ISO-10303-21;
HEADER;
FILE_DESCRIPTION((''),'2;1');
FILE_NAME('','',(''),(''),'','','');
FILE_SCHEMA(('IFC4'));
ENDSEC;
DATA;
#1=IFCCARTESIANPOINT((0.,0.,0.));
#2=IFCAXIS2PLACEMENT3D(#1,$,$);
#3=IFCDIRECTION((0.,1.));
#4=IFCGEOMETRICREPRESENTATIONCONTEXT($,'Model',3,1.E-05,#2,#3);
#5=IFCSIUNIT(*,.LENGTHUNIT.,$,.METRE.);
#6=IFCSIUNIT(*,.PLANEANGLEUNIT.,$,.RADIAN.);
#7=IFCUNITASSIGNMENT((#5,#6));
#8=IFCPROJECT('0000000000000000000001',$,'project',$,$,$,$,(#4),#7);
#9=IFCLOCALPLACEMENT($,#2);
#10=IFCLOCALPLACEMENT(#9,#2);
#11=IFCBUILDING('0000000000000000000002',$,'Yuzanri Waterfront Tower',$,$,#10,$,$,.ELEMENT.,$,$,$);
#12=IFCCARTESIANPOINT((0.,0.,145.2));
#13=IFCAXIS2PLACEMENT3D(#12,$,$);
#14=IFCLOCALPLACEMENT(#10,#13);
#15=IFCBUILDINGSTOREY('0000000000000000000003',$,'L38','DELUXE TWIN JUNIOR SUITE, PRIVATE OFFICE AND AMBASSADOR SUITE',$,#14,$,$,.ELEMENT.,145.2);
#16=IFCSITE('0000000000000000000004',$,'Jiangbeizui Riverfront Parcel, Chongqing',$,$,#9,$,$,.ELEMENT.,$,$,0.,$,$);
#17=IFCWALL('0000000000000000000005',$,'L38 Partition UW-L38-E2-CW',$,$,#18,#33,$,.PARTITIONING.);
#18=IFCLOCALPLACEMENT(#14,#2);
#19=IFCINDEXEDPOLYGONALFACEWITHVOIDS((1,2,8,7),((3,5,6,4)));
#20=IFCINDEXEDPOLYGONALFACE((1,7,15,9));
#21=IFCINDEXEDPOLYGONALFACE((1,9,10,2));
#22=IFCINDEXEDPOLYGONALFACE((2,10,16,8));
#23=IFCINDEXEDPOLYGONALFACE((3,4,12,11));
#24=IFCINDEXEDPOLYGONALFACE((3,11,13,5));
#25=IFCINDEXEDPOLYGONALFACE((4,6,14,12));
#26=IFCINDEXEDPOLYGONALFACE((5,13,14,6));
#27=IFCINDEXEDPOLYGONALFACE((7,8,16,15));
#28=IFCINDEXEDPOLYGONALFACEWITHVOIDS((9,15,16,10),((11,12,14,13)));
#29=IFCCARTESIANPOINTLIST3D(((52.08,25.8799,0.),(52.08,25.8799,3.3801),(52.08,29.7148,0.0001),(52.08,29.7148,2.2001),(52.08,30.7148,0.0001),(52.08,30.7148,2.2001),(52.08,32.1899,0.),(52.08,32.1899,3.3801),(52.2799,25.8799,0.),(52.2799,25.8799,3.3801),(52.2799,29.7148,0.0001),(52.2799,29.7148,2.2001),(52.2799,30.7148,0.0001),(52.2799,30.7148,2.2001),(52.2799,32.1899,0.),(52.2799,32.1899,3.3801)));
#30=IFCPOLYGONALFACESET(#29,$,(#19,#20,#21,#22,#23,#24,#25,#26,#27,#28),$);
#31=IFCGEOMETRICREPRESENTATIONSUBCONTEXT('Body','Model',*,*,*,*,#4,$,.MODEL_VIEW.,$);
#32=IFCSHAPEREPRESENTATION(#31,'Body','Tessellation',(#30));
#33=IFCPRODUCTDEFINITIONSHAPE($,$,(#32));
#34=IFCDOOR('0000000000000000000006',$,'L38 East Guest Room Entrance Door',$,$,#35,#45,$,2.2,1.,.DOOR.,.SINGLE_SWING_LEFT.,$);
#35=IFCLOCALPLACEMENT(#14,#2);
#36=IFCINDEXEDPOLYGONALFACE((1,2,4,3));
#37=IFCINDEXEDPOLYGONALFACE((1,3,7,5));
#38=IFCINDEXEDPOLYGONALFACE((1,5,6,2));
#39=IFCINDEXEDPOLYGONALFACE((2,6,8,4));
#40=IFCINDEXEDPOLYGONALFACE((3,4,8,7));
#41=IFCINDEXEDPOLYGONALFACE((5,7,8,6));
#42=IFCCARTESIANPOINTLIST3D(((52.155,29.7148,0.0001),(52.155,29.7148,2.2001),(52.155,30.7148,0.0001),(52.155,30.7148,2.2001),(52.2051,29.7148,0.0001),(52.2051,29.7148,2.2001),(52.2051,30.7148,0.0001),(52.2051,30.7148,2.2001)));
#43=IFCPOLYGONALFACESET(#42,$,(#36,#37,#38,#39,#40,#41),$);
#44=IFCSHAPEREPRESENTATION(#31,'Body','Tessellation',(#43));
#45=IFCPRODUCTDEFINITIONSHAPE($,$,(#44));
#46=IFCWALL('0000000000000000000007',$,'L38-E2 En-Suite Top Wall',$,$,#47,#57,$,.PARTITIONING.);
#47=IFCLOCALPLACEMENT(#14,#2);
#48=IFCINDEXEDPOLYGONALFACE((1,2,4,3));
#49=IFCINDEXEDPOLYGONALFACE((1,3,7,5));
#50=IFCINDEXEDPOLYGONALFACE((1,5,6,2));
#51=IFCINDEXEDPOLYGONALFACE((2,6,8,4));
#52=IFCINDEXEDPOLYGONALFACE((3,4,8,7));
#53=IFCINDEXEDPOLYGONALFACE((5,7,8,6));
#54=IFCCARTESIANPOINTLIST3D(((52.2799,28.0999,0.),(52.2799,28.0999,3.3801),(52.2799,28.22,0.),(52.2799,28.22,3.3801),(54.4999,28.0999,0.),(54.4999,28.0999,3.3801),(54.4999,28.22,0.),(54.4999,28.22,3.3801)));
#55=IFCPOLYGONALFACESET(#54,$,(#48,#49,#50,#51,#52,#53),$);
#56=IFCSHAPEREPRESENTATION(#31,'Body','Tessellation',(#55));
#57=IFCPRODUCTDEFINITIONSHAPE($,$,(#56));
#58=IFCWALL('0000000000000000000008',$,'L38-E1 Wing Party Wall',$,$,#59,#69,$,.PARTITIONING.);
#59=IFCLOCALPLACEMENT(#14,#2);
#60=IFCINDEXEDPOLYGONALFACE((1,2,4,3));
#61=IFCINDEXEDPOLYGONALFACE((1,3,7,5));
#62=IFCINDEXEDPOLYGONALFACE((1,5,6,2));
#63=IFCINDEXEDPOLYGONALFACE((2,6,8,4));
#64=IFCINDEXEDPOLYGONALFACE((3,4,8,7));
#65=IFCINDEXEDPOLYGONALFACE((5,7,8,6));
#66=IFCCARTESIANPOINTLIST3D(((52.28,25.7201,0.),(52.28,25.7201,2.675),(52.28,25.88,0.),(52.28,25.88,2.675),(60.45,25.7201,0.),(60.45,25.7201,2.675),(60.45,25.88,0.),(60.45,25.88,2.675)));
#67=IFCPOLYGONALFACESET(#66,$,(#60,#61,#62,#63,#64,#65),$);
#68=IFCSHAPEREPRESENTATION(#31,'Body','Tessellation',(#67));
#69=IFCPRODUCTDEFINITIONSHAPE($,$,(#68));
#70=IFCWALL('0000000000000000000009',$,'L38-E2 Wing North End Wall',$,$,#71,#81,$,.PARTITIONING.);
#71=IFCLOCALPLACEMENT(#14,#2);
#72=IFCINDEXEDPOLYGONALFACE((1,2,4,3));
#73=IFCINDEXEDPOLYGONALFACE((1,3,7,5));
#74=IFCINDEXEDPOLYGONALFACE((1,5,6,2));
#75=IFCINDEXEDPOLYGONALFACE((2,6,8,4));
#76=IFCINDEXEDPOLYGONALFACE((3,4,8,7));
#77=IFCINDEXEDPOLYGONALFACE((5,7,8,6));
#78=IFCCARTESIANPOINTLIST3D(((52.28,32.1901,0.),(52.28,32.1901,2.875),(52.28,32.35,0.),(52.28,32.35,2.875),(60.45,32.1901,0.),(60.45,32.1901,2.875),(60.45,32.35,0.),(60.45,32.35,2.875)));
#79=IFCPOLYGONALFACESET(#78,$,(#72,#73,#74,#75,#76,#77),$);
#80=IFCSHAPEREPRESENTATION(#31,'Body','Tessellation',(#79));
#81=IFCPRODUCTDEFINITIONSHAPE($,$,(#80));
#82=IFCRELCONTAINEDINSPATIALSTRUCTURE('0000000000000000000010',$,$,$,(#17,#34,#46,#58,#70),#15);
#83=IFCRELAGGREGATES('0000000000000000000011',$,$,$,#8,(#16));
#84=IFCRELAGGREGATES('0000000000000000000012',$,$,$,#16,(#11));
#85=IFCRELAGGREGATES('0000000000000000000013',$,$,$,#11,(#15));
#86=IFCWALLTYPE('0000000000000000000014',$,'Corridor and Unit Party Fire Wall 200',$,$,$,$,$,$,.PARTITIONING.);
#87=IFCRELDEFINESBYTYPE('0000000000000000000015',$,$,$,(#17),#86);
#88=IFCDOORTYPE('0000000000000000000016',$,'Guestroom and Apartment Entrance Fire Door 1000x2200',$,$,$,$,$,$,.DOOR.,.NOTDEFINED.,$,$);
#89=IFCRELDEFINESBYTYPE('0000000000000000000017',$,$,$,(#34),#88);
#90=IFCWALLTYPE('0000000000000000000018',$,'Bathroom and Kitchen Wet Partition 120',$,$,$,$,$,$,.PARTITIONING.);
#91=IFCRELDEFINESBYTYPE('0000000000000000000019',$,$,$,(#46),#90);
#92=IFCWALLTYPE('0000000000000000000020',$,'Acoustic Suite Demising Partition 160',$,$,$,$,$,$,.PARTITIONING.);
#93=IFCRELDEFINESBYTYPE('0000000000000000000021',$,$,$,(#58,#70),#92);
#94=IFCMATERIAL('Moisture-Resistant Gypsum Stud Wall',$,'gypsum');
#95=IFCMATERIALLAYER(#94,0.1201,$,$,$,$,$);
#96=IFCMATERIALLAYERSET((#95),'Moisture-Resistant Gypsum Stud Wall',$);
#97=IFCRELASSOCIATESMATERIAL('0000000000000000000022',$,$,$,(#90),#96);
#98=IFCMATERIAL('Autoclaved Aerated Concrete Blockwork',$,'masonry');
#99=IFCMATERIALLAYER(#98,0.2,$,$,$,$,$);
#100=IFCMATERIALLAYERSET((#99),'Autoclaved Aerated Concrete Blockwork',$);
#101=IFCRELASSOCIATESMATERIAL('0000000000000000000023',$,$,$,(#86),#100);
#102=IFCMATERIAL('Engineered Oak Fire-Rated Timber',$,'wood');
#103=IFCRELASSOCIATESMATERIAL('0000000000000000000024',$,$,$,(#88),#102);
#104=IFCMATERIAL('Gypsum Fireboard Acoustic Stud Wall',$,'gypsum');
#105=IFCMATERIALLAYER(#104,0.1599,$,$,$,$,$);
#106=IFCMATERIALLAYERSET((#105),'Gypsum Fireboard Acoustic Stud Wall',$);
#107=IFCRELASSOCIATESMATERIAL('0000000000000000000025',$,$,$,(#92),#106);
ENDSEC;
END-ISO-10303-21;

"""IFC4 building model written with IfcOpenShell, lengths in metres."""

from ifc_helpers import new_model, si_unit, direction, frame, frame_2d, origin, place, context, subcontext, project, spatial, rectangle, extrude, source, transform, mapped, material, layer, layer_set, type_object, element, fill, save


model = new_model("IFC4")

# Units and contexts
model_context = context("Model", 3, precision=1e-05, world=origin(), true_north=direction((0.0, 1.0)))
body_context = subcontext(model_context, "Body", "Model", "MODEL_VIEW")
ifc_project = project(units=[si_unit("LENGTHUNIT", "METRE"), si_unit("PLANEANGLEUNIT", "RADIAN")], contexts=[model_context])

# Site, building, storey
site_placement = place(None, origin())
site = spatial("IfcSite", under=ifc_project, at=site_placement, Name="Jiangbeizui Riverfront Parcel, Chongqing", CompositionType="ELEMENT", RefElevation=0.0)
building_placement = place(site_placement, origin())
building = spatial("IfcBuilding", under=site, at=building_placement, Name="Yuzanri Waterfront Tower", CompositionType="ELEMENT")
storey_placement = place(building_placement, frame((0.0, 0.0, 145.2)))
storey = spatial("IfcBuildingStorey", under=building, at=storey_placement, Name="L38", Description="DELUXE TWIN JUNIOR SUITE, PRIVATE OFFICE AND AMBASSADOR SUITE", CompositionType="ELEMENT", Elevation=145.2)

# Wall, opening, door
ifc_material_1 = material(Name="Moisture-Resistant Gypsum Stud Wall", Category="gypsum")
ifc_layer_1 = layer(ifc_material_1, 0.1201)
ifc_layer_set_1 = layer_set([ifc_layer_1], Name="Moisture-Resistant Gypsum Stud Wall")
wall_type_1 = type_object("IfcWallType", Name="Bathroom and Kitchen Wet Partition 120", PredefinedType="PARTITIONING", material=ifc_layer_set_1)
ifc_material_2 = material(Name="Autoclaved Aerated Concrete Blockwork", Category="masonry")
ifc_layer_2 = layer(ifc_material_2, 0.2)
ifc_layer_set_2 = layer_set([ifc_layer_2], Name="Autoclaved Aerated Concrete Blockwork")
wall_type_2 = type_object("IfcWallType", Name="Corridor and Unit Party Fire Wall 200", PredefinedType="PARTITIONING", material=ifc_layer_set_2)
wall_1_placement = place(storey_placement, frame((52.1799, 25.8799, 0.0), z_axis=(0.0, 0.0, 1.0), x_axis=(0.0, 1.0, 0.0)))
wall_1 = element("IfcWall", 1, at=wall_1_placement, inside=storey, type_object=wall_type_2, Name="L38 Partition UW-L38-E2-CW", PredefinedType="PARTITIONING", context=body_context, shape_type="SweptSolid", body=[
    extrude(rectangle(XDim=6.3101, YDim=0.2, at=frame_2d((3.155, 0.0))), origin(), (0.0, 0.0, 1.0), 3.3801),
])
opening_1_placement = place(wall_1_placement, frame((3.835, 0.0, 0.0)))
opening_1 = element("IfcOpeningElement", 2, at=opening_1_placement, cuts=wall_1, PredefinedType="OPENING", context=body_context, shape_type="SweptSolid", body=[
    extrude(rectangle(XDim=1.0, YDim=2.2, at=frame_2d((0.5, 1.1001))), frame((0.0, 0.1147, 0.0), z_axis=(0.0, -1.0, 0.0), x_axis=(1.0, 0.0, 0.0)), (0.0, 0.0, 1.0), 0.2297),
])
ifc_material_3 = material(Name="Engineered Oak Fire-Rated Timber", Category="wood")
door_type_1 = type_object("IfcDoorType", Name="Guestroom and Apartment Entrance Fire Door 1000x2200", OperationType="NOTDEFINED", PredefinedType="DOOR", material=ifc_material_3)
shared_shape_1 = source(origin(), body_context, "Body", "SweptSolid", [
    extrude(rectangle(XDim=1.0, YDim=2.2, at=frame_2d((0.5, 1.1001))), frame((0.0, 0.0249, 0.0), z_axis=(0.0, -1.0, 0.0), x_axis=(1.0, 0.0, 0.0)), (0.0, 0.0, 1.0), 0.05),
])
door_1_placement = place(opening_1_placement, origin())
door_1 = element("IfcDoor", 3, at=door_1_placement, inside=storey, type_object=door_type_1, Name="L38 East Guest Room Entrance Door", OperationType="SINGLE_SWING_LEFT", OverallHeight=2.2, OverallWidth=1.0, PredefinedType="DOOR", context=body_context, shape_type="MappedRepresentation", body=[
    mapped(shared_shape_1, transform((0.0, 0.0, 0.0), scale=1.0)),
])
fill(opening_1, door_1)

# Walls
shared_shape_2 = source(origin(), body_context, "Body", "SweptSolid", [
    extrude(rectangle(XDim=2.22, YDim=0.1201, at=frame_2d((1.1099, 0.0))), origin(), (0.0, 0.0, 1.0), 3.3801),
])
wall_2_placement = place(storey_placement, frame((52.28, 28.1599, 0.0), z_axis=(0.0, 0.0, 1.0), x_axis=(1.0, 0.0, 0.0)))
element("IfcWall", 4, at=wall_2_placement, inside=storey, type_object=wall_type_1, Name="L38-E2 En-Suite Top Wall", PredefinedType="PARTITIONING", context=body_context, shape_type="MappedRepresentation", body=[
    mapped(shared_shape_2, transform((0.0, 0.0, 0.0), scale=1.0)),
])
ifc_material_4 = material(Name="Gypsum Fireboard Acoustic Stud Wall", Category="gypsum")
ifc_layer_3 = layer(ifc_material_4, 0.1599)
ifc_layer_set_3 = layer_set([ifc_layer_3], Name="Gypsum Fireboard Acoustic Stud Wall")
wall_type_3 = type_object("IfcWallType", Name="Acoustic Suite Demising Partition 160", PredefinedType="PARTITIONING", material=ifc_layer_set_3)
shared_shape_3 = source(origin(), body_context, "Body", "SweptSolid", [
    extrude(rectangle(XDim=8.1699, YDim=0.1599, at=frame_2d((4.085, 0.0))), origin(), (0.0, 0.0, 1.0), 2.675),
])
wall_3_placement = place(storey_placement, frame((52.28, 25.8, 0.0), z_axis=(0.0, 0.0, 1.0), x_axis=(1.0, 0.0, 0.0)))
element("IfcWall", 5, at=wall_3_placement, inside=storey, type_object=wall_type_3, Name="L38-E1 Wing Party Wall", PredefinedType="PARTITIONING", context=body_context, shape_type="MappedRepresentation", body=[
    mapped(shared_shape_3, transform((0.0, 0.0, 0.0), scale=1.0)),
])
shared_shape_4 = source(origin(), body_context, "Body", "SweptSolid", [
    extrude(rectangle(XDim=8.1699, YDim=0.1599, at=frame_2d((4.085, 0.0))), origin(), (0.0, 0.0, 1.0), 2.875),
])
wall_4_placement = place(storey_placement, frame((52.28, 32.27, 0.0), z_axis=(0.0, 0.0, 1.0), x_axis=(1.0, 0.0, 0.0)))
element("IfcWall", 6, at=wall_4_placement, inside=storey, type_object=wall_type_3, Name="L38-E2 Wing North End Wall", PredefinedType="PARTITIONING", context=body_context, shape_type="MappedRepresentation", body=[
    mapped(shared_shape_4, transform((0.0, 0.0, 0.0), scale=1.0)),
])

save(model, "model.ifc")
